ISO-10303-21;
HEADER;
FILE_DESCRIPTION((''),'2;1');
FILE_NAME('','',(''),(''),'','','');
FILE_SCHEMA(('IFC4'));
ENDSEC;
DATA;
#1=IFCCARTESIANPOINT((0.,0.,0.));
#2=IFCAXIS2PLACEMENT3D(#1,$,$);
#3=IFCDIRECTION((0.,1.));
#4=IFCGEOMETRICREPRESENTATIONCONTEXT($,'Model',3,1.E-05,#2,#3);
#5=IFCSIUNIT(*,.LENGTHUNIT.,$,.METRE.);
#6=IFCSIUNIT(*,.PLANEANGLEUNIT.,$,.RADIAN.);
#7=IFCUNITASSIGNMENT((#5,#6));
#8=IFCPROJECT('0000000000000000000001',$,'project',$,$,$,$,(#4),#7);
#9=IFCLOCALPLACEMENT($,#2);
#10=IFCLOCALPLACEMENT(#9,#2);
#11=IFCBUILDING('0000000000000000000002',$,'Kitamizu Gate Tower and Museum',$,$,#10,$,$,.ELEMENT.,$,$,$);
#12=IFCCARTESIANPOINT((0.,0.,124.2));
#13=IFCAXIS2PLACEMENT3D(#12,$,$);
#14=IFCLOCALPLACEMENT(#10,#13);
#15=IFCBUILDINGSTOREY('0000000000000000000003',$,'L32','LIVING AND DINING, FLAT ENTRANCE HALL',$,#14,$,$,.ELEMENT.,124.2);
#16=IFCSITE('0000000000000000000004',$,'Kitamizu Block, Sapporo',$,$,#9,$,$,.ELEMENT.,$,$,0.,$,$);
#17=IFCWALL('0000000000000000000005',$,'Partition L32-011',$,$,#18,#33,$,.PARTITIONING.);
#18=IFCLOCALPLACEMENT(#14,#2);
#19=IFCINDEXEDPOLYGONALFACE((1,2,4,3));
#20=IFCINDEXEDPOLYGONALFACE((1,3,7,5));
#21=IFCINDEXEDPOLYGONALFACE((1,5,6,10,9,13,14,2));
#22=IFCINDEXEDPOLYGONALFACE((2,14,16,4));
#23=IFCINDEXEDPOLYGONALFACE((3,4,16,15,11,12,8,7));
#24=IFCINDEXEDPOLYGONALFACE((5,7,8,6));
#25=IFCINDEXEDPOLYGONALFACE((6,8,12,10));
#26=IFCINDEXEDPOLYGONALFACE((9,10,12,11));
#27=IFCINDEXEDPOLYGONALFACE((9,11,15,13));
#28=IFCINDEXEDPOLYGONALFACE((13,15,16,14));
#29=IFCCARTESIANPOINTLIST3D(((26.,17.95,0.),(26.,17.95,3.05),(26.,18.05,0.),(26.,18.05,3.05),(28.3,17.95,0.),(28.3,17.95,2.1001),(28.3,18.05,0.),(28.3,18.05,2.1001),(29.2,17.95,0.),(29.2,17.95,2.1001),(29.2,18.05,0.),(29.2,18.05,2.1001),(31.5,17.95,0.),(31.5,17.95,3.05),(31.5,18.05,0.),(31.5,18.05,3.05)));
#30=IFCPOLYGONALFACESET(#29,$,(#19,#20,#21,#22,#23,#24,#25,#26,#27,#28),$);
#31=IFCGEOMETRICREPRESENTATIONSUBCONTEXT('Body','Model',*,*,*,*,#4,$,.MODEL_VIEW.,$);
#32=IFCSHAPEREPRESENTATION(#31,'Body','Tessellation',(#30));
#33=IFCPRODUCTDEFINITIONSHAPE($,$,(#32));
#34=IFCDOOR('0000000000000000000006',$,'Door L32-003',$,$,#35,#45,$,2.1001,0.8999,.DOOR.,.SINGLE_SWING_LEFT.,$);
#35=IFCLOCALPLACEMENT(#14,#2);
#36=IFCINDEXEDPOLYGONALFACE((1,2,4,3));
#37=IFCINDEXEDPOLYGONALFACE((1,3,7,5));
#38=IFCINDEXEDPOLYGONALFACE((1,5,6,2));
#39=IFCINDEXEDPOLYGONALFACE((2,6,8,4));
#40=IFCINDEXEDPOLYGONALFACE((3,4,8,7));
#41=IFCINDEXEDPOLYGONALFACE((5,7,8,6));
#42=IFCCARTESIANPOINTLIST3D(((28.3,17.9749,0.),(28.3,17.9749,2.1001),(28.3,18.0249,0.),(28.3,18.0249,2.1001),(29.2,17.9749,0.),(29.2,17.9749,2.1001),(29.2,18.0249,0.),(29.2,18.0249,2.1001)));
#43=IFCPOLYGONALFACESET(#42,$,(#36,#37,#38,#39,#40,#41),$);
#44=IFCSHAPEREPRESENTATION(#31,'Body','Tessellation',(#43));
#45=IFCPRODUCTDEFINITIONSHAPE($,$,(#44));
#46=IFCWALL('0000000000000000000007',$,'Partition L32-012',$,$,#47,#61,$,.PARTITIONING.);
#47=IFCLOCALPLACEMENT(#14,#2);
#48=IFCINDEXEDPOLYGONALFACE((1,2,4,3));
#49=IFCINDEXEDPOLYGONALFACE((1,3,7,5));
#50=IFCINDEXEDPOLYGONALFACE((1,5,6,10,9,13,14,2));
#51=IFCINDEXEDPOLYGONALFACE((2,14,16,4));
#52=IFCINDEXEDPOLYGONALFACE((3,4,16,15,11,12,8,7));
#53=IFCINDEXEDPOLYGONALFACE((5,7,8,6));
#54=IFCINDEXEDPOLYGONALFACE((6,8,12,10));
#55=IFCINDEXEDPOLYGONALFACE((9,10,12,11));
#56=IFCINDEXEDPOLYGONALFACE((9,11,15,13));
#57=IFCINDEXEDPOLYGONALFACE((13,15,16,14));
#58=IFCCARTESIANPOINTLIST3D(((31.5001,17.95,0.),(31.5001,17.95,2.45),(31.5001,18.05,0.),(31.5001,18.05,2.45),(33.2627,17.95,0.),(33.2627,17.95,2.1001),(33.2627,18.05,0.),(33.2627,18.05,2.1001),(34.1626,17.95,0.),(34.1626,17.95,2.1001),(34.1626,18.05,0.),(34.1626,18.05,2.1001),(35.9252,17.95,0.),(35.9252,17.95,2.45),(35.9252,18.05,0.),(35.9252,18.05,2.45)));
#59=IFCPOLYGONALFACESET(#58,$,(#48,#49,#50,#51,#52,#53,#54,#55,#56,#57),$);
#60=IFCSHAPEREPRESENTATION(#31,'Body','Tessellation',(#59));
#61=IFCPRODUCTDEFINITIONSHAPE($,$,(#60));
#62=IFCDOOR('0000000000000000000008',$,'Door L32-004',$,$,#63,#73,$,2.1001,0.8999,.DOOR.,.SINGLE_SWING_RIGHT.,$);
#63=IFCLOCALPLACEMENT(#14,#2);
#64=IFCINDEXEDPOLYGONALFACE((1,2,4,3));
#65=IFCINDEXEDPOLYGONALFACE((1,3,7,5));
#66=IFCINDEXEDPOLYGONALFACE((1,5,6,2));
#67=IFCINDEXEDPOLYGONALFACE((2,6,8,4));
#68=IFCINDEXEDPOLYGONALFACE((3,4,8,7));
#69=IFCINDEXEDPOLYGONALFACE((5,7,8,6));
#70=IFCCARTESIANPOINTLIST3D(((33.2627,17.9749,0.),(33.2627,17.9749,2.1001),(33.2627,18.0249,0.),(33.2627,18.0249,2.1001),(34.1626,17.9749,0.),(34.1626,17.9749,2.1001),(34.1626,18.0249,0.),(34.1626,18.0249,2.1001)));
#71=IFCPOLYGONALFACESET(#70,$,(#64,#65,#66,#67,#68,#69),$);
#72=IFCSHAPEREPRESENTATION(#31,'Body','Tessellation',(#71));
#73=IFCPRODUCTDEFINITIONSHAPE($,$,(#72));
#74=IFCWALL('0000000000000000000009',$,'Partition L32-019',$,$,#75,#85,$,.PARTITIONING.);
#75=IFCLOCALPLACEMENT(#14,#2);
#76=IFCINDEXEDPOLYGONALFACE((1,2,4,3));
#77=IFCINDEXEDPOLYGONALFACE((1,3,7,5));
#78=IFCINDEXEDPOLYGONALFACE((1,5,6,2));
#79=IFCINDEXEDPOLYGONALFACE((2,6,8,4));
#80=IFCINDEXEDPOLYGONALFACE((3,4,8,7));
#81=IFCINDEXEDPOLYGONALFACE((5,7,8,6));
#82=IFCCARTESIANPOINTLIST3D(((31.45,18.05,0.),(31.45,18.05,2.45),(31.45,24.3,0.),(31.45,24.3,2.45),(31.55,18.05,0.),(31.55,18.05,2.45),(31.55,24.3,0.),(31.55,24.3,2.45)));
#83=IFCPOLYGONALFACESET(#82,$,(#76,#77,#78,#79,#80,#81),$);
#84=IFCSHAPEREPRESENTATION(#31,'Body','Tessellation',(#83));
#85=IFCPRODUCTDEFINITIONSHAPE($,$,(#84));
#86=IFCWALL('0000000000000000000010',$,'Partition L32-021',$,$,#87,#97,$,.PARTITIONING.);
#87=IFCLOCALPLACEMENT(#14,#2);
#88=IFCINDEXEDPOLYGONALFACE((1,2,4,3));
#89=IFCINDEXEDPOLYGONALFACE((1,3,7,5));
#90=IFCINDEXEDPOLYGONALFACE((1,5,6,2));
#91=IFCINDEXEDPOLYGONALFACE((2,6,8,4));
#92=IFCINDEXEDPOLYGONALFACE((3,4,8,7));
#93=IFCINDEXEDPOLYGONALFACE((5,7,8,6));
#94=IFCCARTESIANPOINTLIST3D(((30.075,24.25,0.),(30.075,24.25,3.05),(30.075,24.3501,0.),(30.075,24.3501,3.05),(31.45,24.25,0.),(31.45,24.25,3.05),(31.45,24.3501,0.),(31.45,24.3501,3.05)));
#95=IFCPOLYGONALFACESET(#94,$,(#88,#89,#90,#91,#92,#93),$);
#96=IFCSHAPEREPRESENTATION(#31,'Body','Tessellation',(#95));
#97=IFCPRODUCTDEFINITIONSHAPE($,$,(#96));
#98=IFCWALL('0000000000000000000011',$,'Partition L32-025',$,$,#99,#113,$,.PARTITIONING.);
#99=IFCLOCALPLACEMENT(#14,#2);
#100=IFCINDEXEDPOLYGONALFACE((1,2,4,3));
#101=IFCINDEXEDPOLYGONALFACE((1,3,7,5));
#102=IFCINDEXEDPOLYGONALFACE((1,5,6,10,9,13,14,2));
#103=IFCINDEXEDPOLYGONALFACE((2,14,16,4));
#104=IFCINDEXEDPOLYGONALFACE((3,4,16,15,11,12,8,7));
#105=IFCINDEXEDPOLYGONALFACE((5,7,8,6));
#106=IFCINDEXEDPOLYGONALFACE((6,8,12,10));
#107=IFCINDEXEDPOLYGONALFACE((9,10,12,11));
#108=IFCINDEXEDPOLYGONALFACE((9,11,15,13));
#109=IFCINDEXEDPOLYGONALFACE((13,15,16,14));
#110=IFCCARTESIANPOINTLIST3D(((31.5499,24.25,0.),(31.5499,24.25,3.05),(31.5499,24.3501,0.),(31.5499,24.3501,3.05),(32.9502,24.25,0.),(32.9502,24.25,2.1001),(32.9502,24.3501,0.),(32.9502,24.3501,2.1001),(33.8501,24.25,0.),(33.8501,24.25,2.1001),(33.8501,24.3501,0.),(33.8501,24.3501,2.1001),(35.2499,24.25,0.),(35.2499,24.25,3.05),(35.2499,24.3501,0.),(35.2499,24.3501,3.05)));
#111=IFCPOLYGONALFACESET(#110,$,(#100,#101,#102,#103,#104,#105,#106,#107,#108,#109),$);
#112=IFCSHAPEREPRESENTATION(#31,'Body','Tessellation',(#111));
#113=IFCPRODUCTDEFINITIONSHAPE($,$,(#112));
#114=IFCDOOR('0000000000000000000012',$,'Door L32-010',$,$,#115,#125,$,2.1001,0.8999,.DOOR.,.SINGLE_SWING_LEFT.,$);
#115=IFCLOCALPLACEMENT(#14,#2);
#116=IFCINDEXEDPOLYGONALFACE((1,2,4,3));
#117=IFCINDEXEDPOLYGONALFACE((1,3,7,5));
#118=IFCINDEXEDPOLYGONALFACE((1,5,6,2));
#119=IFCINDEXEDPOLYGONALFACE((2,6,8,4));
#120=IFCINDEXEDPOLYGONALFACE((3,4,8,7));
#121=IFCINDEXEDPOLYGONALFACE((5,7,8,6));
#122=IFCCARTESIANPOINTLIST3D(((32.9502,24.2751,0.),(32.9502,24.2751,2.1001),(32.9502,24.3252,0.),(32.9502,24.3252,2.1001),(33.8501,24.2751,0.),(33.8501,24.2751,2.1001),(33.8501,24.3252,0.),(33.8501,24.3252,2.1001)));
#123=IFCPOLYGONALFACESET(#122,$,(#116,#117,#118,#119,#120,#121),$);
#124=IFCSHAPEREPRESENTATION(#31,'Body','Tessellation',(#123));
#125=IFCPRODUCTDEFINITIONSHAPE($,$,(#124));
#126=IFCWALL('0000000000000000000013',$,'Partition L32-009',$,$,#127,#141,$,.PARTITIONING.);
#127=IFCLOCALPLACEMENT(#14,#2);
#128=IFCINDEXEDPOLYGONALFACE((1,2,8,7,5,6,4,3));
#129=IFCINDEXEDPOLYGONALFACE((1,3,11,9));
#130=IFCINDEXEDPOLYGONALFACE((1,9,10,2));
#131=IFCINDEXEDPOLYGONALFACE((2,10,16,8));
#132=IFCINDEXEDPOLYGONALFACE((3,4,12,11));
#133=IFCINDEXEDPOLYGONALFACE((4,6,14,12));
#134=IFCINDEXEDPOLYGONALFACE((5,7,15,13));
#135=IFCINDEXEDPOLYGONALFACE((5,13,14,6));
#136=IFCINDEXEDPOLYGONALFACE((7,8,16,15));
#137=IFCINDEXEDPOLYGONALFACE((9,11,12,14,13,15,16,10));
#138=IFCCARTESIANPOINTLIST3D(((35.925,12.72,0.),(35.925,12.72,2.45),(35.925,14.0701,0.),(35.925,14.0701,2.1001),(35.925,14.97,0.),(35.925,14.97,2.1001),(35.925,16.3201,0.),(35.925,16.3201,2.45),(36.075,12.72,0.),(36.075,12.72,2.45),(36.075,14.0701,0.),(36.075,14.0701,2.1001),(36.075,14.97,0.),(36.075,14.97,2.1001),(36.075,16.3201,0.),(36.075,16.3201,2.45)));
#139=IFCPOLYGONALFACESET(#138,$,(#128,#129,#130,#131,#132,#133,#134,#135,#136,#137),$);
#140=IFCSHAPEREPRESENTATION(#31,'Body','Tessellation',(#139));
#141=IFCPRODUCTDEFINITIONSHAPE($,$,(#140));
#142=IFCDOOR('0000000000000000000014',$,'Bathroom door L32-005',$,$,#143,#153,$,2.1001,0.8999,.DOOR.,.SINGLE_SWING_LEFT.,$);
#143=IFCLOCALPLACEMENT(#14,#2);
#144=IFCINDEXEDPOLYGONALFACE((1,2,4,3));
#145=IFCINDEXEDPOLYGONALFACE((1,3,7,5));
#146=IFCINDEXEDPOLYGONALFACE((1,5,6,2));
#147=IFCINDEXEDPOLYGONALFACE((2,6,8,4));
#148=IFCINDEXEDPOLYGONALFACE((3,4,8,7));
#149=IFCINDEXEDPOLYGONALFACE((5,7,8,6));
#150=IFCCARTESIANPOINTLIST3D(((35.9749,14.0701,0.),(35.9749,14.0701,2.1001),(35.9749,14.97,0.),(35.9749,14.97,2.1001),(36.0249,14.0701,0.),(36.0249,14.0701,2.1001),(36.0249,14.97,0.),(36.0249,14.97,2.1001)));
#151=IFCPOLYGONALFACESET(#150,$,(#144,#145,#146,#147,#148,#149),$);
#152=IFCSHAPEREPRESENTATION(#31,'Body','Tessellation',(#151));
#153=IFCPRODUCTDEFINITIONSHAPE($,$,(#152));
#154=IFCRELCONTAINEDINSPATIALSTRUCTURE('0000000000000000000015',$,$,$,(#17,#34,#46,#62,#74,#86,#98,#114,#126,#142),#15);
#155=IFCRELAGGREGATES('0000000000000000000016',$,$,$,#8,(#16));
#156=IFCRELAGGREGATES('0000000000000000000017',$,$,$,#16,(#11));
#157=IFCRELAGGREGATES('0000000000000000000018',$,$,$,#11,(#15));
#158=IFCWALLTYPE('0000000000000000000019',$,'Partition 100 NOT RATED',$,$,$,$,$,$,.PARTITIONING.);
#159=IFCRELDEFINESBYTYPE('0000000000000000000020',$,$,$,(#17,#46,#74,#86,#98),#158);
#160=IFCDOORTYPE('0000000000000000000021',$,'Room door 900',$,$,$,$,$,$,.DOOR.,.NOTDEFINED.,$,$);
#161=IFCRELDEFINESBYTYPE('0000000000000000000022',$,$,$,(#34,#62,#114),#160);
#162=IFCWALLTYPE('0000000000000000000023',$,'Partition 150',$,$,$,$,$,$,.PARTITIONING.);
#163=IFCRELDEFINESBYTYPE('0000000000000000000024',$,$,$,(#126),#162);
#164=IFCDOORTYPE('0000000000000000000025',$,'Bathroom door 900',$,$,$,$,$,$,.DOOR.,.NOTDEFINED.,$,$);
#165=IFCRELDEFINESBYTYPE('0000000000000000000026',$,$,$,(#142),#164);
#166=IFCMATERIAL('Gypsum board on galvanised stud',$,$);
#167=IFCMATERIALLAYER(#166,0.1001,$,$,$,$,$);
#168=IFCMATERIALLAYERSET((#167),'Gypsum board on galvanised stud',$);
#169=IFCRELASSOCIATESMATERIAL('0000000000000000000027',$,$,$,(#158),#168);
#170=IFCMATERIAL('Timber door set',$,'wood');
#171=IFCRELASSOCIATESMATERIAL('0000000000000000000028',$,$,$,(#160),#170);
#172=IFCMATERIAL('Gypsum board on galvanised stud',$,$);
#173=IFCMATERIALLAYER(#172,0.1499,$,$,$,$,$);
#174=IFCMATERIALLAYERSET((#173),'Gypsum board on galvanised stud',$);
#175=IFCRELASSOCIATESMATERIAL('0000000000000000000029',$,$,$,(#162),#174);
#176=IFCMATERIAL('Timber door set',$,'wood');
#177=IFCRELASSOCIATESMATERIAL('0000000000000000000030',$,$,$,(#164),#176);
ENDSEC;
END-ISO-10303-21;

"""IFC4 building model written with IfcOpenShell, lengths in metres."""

from ifc_helpers import new_model, si_unit, direction, frame, frame_2d, origin, place, context, subcontext, project, spatial, rectangle, extrude, material, layer, layer_set, type_object, element, fill, save


model = new_model("IFC4")

# Units and contexts
model_context = context("Model", 3, precision=1e-05, world=origin(), true_north=direction((0.0, 1.0)))
body_context = subcontext(model_context, "Body", "Model", "MODEL_VIEW")
ifc_project = project(units=[si_unit("LENGTHUNIT", "METRE"), si_unit("PLANEANGLEUNIT", "RADIAN")], contexts=[model_context])

# Site, building, storey
site_placement = place(None, origin())
site = spatial("IfcSite", under=ifc_project, at=site_placement, Name="Kitamizu Block, Sapporo", CompositionType="ELEMENT", RefElevation=0.0)
building_placement = place(site_placement, origin())
building = spatial("IfcBuilding", under=site, at=building_placement, Name="Kitamizu Gate Tower and Museum", CompositionType="ELEMENT")
storey_placement = place(building_placement, frame((0.0, 0.0, 124.2)))
storey = spatial("IfcBuildingStorey", under=building, at=storey_placement, Name="L32", Description="LIVING AND DINING, FLAT ENTRANCE HALL", CompositionType="ELEMENT", Elevation=124.2)

# Walls, openings, doors
ifc_material_1 = material(Name="Gypsum board on galvanised stud")
ifc_layer_1 = layer(ifc_material_1, 0.1001)
ifc_layer_set_1 = layer_set([ifc_layer_1], Name="Gypsum board on galvanised stud")
wall_type_1 = type_object("IfcWallType", Name="Partition 100 NOT RATED", PredefinedType="PARTITIONING", material=ifc_layer_set_1)
wall_1_placement = place(storey_placement, frame((31.5, 18.0, 0.0), z_axis=(0.0, 0.0, 1.0), x_axis=(-1.0, 0.0, 0.0)))
wall_1 = element("IfcWall", 1, at=wall_1_placement, inside=storey, type_object=wall_type_1, Name="Partition L32-011", PredefinedType="PARTITIONING", context=body_context, shape_type="SweptSolid", body=[
    extrude(rectangle(XDim=5.5, YDim=0.1001, at=frame_2d((2.75, 0.0))), origin(), (0.0, 0.0, 1.0), 3.05),
])
opening_1_placement = place(wall_1_placement, frame((2.3, 0.0, 0.0)))
opening_1 = element("IfcOpeningElement", 2, at=opening_1_placement, cuts=wall_1, PredefinedType="OPENING", context=body_context, shape_type="SweptSolid", body=[
    extrude(rectangle(XDim=0.8999, YDim=2.1001, at=frame_2d((0.45, 1.05))), frame((0.0, 0.0601, 0.0), z_axis=(0.0, -1.0, 0.0), x_axis=(1.0, 0.0, 0.0)), (0.0, 0.0, 1.0), 0.1201),
])
ifc_material_2 = material(Name="Timber door set", Category="wood")
door_type_1 = type_object("IfcDoorType", Name="Room door 900", OperationType="NOTDEFINED", PredefinedType="DOOR", material=ifc_material_2)
door_1_placement = place(opening_1_placement, frame((0.8999, 0.0, 0.0), x_axis=(-1.0, 0.0, 0.0)))
door_1 = element("IfcDoor", 3, at=door_1_placement, inside=storey, type_object=door_type_1, Name="Door L32-003", OperationType="SINGLE_SWING_LEFT", OverallHeight=2.1001, OverallWidth=0.8999, PredefinedType="DOOR", context=body_context, shape_type="SweptSolid", body=[
    extrude(rectangle(XDim=0.8999, YDim=2.1001, at=frame_2d((0.45, 1.05))), frame((0.0, 0.0249, 0.0), z_axis=(0.0, -1.0, 0.0), x_axis=(1.0, 0.0, 0.0)), (0.0, 0.0, 1.0), 0.05),
])
fill(opening_1, door_1)
wall_2_placement = place(storey_placement, frame((35.925, 18.0, 0.0), z_axis=(0.0, 0.0, 1.0), x_axis=(-1.0, 0.0, 0.0)))
wall_2 = element("IfcWall", 4, at=wall_2_placement, inside=storey, type_object=wall_type_1, Name="Partition L32-012", PredefinedType="PARTITIONING", context=body_context, shape_type="SweptSolid", body=[
    extrude(rectangle(XDim=4.425, YDim=0.1001, at=frame_2d((2.2124, 0.0))), origin(), (0.0, 0.0, 1.0), 2.45),
])
opening_2_placement = place(wall_2_placement, frame((1.7625, 0.0, 0.0)))
opening_2 = element("IfcOpeningElement", 5, at=opening_2_placement, cuts=wall_2, PredefinedType="OPENING", context=body_context, shape_type="SweptSolid", body=[
    extrude(rectangle(XDim=0.8999, YDim=2.1001, at=frame_2d((0.45, 1.05))), frame((0.0, 0.0601, 0.0), z_axis=(0.0, -1.0, 0.0), x_axis=(1.0, 0.0, 0.0)), (0.0, 0.0, 1.0), 0.1201),
])
door_2_placement = place(opening_2_placement, frame((0.8999, 0.0, 0.0), x_axis=(-1.0, 0.0, 0.0)))
door_2 = element("IfcDoor", 6, at=door_2_placement, inside=storey, type_object=door_type_1, Name="Door L32-004", OperationType="SINGLE_SWING_RIGHT", OverallHeight=2.1001, OverallWidth=0.8999, PredefinedType="DOOR", context=body_context, shape_type="SweptSolid", body=[
    extrude(rectangle(XDim=0.8999, YDim=2.1001, at=frame_2d((0.45, 1.05))), frame((0.0, 0.0249, 0.0), z_axis=(0.0, -1.0, 0.0), x_axis=(1.0, 0.0, 0.0)), (0.0, 0.0, 1.0), 0.05),
])
fill(opening_2, door_2)

# Walls
wall_3_placement = place(storey_placement, frame((31.5, 18.05, 0.0), z_axis=(0.0, 0.0, 1.0), x_axis=(0.0, 1.0, 0.0)))
element("IfcWall", 7, at=wall_3_placement, inside=storey, type_object=wall_type_1, Name="Partition L32-019", PredefinedType="PARTITIONING", context=body_context, shape_type="SweptSolid", body=[
    extrude(rectangle(XDim=6.25, YDim=0.1001, at=frame_2d((3.125, 0.0))), origin(), (0.0, 0.0, 1.0), 2.45),
])
wall_4_placement = place(storey_placement, frame((31.45, 24.3, 0.0), z_axis=(0.0, 0.0, 1.0), x_axis=(-1.0, 0.0, 0.0)))
element("IfcWall", 8, at=wall_4_placement, inside=storey, type_object=wall_type_1, Name="Partition L32-021", PredefinedType="PARTITIONING", context=body_context, shape_type="SweptSolid", body=[
    extrude(rectangle(XDim=1.375, YDim=0.1001, at=frame_2d((0.6875, 0.0))), origin(), (0.0, 0.0, 1.0), 3.05),
])

# Walls, openings, doors
wall_5_placement = place(storey_placement, frame((35.25, 24.3, 0.0), z_axis=(0.0, 0.0, 1.0), x_axis=(-1.0, 0.0, 0.0)))
wall_5 = element("IfcWall", 9, at=wall_5_placement, inside=storey, type_object=wall_type_1, Name="Partition L32-025", PredefinedType="PARTITIONING", context=body_context, shape_type="SweptSolid", body=[
    extrude(rectangle(XDim=3.7, YDim=0.1001, at=frame_2d((1.8501, 0.0))), origin(), (0.0, 0.0, 1.0), 3.05),
])
opening_3_placement = place(wall_5_placement, frame((1.3999, 0.0, 0.0)))
opening_3 = element("IfcOpeningElement", 10, at=opening_3_placement, cuts=wall_5, PredefinedType="OPENING", context=body_context, shape_type="SweptSolid", body=[
    extrude(rectangle(XDim=0.8999, YDim=2.1001, at=frame_2d((0.45, 1.05))), frame((0.0, 0.0601, 0.0), z_axis=(0.0, -1.0, 0.0), x_axis=(1.0, 0.0, 0.0)), (0.0, 0.0, 1.0), 0.1201),
])
door_3_placement = place(opening_3_placement, origin())
door_3 = element("IfcDoor", 11, at=door_3_placement, inside=storey, type_object=door_type_1, Name="Door L32-010", OperationType="SINGLE_SWING_LEFT", OverallHeight=2.1001, OverallWidth=0.8999, PredefinedType="DOOR", context=body_context, shape_type="SweptSolid", body=[
    extrude(rectangle(XDim=0.8999, YDim=2.1001, at=frame_2d((0.45, 1.05))), frame((0.0, 0.0249, 0.0), z_axis=(0.0, -1.0, 0.0), x_axis=(1.0, 0.0, 0.0)), (0.0, 0.0, 1.0), 0.05),
])
fill(opening_3, door_3)
ifc_material_3 = material(Name="Gypsum board on galvanised stud")
ifc_layer_2 = layer(ifc_material_3, 0.1499)
ifc_layer_set_2 = layer_set([ifc_layer_2], Name="Gypsum board on galvanised stud")
wall_type_2 = type_object("IfcWallType", Name="Partition 150", PredefinedType="PARTITIONING", material=ifc_layer_set_2)
wall_6_placement = place(storey_placement, frame((36.0, 12.72, 0.0), z_axis=(0.0, 0.0, 1.0), x_axis=(0.0, 1.0, 0.0)))
wall_6 = element("IfcWall", 12, at=wall_6_placement, inside=storey, type_object=wall_type_2, Name="Partition L32-009", PredefinedType="PARTITIONING", context=body_context, shape_type="SweptSolid", body=[
    extrude(rectangle(XDim=3.6001, YDim=0.1499, at=frame_2d((1.8, 0.0))), origin(), (0.0, 0.0, 1.0), 2.45),
])
opening_4_placement = place(wall_6_placement, frame((1.3501, 0.0, 0.0)))
opening_4 = element("IfcOpeningElement", 13, at=opening_4_placement, cuts=wall_6, PredefinedType="OPENING", context=body_context, shape_type="SweptSolid", body=[
    extrude(rectangle(XDim=0.8999, YDim=2.1001, at=frame_2d((0.45, 1.05))), frame((0.0, 0.085, 0.0), z_axis=(0.0, -1.0, 0.0), x_axis=(1.0, 0.0, 0.0)), (0.0, 0.0, 1.0), 0.1699),
])
ifc_material_4 = material(Name="Timber door set", Category="wood")
door_type_2 = type_object("IfcDoorType", Name="Bathroom door 900", OperationType="NOTDEFINED", PredefinedType="DOOR", material=ifc_material_4)
door_4_placement = place(opening_4_placement, frame((0.8999, 0.0, 0.0), x_axis=(-1.0, 0.0, 0.0)))
door_4 = element("IfcDoor", 14, at=door_4_placement, inside=storey, type_object=door_type_2, Name="Bathroom door L32-005", OperationType="SINGLE_SWING_LEFT", OverallHeight=2.1001, OverallWidth=0.8999, PredefinedType="DOOR", context=body_context, shape_type="SweptSolid", body=[
    extrude(rectangle(XDim=0.8999, YDim=2.1001, at=frame_2d((0.45, 1.05))), frame((0.0, 0.0249, 0.0), z_axis=(0.0, -1.0, 0.0), x_axis=(1.0, 0.0, 0.0)), (0.0, 0.0, 1.0), 0.05),
])
fill(opening_4, door_4)

save(model, "model.ifc")
